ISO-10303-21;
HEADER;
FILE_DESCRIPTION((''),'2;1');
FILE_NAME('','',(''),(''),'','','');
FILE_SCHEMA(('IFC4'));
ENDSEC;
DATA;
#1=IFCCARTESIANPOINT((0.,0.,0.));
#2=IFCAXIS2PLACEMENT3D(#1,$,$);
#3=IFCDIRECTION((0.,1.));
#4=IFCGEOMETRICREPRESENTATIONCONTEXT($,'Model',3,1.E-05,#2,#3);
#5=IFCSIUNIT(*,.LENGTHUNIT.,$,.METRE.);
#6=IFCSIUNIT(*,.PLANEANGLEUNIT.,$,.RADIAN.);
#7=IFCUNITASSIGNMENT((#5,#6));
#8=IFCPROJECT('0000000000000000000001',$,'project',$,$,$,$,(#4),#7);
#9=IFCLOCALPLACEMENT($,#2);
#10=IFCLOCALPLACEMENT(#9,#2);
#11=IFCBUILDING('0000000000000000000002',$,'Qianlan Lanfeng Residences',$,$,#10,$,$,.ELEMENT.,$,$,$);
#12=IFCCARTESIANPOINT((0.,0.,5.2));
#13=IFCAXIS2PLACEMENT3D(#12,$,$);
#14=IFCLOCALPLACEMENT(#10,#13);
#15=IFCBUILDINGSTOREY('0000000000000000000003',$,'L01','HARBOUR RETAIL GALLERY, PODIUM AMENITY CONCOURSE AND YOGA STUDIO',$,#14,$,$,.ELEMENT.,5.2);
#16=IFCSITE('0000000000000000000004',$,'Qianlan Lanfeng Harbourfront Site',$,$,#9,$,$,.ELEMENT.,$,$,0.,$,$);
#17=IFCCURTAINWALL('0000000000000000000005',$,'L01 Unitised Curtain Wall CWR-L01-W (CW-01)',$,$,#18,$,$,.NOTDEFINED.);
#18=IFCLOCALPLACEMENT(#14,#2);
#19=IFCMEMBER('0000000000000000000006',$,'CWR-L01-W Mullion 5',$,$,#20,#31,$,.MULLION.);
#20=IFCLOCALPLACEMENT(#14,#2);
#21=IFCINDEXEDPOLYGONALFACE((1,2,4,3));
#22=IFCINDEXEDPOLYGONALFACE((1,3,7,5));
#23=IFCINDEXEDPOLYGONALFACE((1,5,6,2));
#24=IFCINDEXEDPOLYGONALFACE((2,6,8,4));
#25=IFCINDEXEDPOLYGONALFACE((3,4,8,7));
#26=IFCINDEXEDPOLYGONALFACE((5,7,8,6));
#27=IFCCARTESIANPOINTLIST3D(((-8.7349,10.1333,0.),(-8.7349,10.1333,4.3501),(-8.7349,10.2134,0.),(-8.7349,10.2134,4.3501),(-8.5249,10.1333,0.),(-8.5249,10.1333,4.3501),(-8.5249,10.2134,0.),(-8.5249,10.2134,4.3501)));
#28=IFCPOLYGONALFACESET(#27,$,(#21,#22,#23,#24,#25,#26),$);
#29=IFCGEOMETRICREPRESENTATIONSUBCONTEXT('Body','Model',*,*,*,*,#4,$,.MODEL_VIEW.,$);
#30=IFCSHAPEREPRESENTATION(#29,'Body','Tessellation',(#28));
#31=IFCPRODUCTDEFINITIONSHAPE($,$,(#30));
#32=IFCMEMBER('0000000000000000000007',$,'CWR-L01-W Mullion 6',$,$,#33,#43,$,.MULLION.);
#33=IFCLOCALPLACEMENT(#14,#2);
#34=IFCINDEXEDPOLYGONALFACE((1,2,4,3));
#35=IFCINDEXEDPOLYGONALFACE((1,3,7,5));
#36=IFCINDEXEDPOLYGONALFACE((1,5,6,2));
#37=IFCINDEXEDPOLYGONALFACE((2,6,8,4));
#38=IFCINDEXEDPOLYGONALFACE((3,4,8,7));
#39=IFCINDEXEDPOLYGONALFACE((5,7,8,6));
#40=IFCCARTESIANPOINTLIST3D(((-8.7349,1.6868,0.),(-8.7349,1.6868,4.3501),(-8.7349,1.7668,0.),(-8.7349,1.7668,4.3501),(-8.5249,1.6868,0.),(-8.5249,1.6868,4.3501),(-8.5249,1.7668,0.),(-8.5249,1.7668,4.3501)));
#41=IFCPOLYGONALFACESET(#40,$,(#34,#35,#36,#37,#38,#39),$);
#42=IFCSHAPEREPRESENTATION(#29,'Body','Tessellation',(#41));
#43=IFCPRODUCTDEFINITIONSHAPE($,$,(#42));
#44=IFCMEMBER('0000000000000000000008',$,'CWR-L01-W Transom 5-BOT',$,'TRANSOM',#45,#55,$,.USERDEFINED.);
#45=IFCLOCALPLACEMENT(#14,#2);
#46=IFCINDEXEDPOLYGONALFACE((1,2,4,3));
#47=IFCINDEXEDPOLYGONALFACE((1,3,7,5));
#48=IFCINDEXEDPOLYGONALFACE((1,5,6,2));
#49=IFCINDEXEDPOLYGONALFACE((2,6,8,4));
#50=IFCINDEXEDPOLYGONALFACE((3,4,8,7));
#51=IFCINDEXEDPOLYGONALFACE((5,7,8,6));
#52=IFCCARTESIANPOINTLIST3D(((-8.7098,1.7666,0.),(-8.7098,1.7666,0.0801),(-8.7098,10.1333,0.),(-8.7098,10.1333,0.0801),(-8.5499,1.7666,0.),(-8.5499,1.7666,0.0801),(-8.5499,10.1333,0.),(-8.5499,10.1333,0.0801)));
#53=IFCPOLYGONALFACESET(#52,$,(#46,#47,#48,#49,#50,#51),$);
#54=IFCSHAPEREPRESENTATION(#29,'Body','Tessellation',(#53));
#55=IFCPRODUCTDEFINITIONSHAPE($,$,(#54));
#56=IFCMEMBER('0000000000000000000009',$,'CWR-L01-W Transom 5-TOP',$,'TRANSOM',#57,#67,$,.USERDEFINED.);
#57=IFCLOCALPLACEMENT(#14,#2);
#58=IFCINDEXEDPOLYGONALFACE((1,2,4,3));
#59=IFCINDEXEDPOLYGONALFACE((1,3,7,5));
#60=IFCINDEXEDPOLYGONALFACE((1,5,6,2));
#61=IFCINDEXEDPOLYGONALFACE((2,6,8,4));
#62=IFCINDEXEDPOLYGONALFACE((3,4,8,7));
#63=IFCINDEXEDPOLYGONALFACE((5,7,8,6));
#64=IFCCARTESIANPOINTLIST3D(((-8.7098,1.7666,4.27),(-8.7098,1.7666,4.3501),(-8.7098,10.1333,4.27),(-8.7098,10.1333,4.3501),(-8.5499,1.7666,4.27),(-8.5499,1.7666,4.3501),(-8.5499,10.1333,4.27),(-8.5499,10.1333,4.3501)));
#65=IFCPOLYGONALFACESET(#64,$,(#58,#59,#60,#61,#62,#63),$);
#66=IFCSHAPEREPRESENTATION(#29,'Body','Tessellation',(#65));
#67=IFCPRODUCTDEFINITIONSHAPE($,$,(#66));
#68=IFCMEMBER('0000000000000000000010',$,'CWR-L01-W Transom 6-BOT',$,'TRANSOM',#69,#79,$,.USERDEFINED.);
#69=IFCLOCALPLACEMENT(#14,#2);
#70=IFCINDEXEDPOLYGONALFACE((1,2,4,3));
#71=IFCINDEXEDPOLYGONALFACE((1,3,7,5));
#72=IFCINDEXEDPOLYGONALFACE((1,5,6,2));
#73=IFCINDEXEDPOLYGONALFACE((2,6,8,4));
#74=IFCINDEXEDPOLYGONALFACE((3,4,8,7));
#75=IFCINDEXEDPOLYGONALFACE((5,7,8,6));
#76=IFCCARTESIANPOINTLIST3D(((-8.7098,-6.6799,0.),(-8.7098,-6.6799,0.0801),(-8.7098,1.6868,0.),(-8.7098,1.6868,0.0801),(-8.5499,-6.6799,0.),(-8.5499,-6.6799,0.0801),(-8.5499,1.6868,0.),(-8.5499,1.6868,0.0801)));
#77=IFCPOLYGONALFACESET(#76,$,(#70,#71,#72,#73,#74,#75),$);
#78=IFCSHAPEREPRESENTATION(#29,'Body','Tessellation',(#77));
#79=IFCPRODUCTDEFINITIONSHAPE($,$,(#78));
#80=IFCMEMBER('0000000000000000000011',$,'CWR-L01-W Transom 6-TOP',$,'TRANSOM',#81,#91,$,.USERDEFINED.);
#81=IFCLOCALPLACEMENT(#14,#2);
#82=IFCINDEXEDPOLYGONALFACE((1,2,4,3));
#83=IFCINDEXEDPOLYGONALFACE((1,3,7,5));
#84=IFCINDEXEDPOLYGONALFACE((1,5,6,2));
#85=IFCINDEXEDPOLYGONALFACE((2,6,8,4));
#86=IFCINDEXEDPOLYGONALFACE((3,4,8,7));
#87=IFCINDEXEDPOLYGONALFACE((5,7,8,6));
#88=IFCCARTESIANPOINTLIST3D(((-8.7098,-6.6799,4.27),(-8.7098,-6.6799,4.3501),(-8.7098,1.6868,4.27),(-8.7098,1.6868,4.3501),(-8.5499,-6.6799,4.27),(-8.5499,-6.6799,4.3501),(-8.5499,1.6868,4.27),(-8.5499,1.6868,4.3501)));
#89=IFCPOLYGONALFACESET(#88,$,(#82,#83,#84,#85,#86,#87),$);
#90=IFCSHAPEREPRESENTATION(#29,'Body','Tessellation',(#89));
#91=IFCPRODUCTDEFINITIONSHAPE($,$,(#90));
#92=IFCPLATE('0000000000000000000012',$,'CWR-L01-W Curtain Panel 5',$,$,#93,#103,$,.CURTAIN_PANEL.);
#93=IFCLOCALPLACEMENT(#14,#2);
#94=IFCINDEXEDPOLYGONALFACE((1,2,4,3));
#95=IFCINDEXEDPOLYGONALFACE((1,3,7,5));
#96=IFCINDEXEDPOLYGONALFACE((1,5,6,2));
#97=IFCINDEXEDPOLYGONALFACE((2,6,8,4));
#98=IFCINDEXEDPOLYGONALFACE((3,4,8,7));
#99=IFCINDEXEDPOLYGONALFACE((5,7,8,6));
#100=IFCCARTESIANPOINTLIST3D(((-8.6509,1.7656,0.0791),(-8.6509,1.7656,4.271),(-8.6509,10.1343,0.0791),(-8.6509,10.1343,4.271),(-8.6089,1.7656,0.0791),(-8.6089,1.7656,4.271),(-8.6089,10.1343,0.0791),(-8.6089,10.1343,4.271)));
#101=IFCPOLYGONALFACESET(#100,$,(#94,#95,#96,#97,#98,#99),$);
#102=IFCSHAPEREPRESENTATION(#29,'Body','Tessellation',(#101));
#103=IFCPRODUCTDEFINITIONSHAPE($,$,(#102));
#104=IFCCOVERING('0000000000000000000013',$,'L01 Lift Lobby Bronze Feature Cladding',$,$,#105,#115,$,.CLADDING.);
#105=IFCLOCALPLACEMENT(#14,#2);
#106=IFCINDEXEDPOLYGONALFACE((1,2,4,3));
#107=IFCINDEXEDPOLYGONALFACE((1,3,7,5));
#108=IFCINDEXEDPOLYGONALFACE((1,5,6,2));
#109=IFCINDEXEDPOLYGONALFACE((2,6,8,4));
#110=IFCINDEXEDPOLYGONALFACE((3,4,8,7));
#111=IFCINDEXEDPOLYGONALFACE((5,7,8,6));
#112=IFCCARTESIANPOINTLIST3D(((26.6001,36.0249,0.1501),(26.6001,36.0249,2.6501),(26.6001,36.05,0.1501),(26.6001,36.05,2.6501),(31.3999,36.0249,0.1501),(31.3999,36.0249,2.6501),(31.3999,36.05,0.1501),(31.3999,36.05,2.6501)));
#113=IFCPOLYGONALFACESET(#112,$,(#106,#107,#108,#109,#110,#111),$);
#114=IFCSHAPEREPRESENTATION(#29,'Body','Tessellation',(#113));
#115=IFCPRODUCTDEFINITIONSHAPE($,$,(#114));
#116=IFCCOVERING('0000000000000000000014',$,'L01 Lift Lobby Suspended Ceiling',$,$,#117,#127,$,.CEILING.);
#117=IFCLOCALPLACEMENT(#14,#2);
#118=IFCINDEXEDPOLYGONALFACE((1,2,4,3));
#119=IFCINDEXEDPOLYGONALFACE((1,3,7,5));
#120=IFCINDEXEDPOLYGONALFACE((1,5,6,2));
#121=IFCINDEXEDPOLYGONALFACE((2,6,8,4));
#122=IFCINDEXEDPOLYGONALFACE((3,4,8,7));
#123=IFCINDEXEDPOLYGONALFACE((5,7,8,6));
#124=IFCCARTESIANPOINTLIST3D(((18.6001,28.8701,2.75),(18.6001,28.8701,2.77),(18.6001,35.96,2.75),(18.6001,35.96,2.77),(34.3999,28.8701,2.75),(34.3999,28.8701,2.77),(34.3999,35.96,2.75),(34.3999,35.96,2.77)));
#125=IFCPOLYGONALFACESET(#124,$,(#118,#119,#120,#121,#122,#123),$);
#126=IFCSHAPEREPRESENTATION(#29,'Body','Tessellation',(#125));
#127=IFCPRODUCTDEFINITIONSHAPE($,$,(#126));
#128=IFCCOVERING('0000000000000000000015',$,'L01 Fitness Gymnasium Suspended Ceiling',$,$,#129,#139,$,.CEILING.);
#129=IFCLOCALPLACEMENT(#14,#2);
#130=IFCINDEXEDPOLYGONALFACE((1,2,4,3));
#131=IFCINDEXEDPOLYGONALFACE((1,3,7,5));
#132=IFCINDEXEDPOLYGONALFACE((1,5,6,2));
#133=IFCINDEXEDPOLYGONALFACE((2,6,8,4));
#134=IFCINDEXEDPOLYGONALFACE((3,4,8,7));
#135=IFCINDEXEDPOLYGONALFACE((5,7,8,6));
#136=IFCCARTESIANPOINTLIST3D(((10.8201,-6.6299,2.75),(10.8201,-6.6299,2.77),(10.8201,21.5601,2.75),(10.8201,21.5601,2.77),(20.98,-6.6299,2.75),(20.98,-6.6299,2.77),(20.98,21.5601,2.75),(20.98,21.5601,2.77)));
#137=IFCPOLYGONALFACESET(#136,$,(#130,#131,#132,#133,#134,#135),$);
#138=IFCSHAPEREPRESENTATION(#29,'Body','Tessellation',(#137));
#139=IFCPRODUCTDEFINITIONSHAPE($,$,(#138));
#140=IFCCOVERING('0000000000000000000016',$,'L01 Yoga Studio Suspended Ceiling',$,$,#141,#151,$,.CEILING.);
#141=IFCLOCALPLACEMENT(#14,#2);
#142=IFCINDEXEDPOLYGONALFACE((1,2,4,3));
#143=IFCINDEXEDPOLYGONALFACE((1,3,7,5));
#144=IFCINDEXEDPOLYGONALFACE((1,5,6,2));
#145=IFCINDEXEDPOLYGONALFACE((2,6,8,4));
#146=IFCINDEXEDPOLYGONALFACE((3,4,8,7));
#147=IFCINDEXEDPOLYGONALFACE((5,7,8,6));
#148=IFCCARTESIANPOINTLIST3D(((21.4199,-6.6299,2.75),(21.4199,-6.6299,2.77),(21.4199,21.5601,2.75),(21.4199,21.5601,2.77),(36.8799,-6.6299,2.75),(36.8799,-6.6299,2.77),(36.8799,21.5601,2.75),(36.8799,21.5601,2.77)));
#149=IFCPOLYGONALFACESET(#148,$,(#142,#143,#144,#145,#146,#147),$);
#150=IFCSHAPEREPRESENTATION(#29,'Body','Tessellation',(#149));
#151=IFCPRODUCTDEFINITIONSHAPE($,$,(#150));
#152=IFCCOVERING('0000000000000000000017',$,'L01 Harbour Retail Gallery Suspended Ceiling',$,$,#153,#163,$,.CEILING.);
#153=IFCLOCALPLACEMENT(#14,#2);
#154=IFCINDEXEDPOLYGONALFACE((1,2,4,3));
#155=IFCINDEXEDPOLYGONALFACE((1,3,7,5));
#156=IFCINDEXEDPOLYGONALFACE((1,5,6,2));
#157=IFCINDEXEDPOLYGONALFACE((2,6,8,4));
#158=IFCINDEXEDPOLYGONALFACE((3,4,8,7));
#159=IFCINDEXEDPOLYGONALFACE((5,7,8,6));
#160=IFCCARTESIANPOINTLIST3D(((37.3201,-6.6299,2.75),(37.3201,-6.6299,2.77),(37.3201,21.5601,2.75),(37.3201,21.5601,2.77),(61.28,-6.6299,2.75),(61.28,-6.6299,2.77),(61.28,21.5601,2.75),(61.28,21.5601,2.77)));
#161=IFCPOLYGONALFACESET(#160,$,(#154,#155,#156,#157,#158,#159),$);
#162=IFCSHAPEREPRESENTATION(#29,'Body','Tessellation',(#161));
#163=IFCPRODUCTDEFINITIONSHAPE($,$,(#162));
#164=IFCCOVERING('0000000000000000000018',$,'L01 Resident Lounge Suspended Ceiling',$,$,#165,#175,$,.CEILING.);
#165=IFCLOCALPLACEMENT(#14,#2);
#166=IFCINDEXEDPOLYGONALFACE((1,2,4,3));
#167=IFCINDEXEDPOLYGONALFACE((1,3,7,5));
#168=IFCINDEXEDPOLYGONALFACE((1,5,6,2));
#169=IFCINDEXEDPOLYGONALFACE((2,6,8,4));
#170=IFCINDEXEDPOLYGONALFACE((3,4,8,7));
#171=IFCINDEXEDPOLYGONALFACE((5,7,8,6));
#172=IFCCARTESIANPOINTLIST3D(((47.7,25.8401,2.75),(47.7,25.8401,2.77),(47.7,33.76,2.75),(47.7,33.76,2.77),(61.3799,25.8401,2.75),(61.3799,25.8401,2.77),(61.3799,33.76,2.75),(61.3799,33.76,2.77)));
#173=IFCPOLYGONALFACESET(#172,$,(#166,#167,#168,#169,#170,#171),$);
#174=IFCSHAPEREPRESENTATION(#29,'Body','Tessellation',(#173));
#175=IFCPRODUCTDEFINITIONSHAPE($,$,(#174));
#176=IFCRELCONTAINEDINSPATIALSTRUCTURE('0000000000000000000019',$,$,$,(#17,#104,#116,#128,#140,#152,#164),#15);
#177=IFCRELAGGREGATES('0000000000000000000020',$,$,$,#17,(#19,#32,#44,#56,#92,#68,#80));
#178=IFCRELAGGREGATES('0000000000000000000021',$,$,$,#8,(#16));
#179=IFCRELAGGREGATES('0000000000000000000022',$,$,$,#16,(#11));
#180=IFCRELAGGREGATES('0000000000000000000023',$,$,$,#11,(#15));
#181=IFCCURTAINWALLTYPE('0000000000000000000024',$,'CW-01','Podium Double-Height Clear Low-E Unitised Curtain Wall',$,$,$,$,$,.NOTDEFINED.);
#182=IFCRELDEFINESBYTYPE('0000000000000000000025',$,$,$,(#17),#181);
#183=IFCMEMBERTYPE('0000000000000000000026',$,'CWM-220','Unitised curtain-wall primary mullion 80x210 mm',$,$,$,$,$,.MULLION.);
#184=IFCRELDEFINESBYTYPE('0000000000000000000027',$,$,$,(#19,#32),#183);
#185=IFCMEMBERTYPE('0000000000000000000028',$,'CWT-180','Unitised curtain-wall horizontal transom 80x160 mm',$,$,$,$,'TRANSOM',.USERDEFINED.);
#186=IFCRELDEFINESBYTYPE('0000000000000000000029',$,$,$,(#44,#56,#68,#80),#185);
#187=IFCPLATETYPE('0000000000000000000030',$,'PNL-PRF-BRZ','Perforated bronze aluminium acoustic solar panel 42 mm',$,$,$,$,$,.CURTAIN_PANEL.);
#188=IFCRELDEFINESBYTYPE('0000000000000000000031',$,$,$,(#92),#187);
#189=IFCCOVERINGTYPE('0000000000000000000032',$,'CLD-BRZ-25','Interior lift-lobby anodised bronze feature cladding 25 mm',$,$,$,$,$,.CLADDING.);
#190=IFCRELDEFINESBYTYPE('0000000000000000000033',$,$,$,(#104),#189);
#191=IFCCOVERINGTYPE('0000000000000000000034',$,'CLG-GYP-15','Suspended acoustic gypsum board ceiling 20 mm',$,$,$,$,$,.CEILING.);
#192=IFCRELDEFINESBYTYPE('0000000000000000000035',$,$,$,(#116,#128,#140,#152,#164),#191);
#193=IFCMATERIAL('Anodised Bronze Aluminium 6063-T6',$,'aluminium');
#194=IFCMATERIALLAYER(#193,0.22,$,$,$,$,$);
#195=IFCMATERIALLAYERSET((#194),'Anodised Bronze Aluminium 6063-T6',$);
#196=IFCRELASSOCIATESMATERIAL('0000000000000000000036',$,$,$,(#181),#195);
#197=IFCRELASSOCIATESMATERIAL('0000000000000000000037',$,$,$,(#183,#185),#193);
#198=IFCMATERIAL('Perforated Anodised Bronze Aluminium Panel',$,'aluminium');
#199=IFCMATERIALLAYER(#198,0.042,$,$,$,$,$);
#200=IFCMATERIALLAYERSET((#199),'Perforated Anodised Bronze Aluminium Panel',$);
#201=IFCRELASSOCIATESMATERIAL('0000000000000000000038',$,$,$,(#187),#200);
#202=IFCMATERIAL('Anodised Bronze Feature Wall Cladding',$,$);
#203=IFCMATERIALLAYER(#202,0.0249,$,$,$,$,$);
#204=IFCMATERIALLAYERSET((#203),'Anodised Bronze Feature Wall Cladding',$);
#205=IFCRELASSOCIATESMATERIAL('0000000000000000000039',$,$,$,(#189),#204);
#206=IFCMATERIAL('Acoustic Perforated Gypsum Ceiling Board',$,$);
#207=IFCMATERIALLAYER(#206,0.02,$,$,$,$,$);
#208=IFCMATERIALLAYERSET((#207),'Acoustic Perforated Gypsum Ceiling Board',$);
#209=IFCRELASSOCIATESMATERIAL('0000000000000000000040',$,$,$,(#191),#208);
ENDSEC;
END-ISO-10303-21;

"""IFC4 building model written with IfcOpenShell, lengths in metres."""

from ifc_helpers import new_model, si_unit, direction, frame, origin, origin_2d, place, context, subcontext, project, spatial, polyline, rectangle, outline, extrude, source, transform, mapped, material, layer, layer_set, material_profile, profile_set, type_object, element, aggregate, save


model = new_model("IFC4")

# Units and contexts
model_context = context("Model", 3, precision=1e-05, world=origin(), true_north=direction((0.0, 1.0)))
body_context = subcontext(model_context, "Body", "Model", "MODEL_VIEW")
ifc_project = project(units=[si_unit("LENGTHUNIT", "METRE"), si_unit("PLANEANGLEUNIT", "RADIAN")], contexts=[model_context])

# Site, building, storey
site_placement = place(None, origin())
site = spatial("IfcSite", under=ifc_project, at=site_placement, Name="Qianlan Lanfeng Harbourfront Site", CompositionType="ELEMENT", RefElevation=0.0)
building_placement = place(site_placement, origin())
building = spatial("IfcBuilding", under=site, at=building_placement, Name="Qianlan Lanfeng Residences", CompositionType="ELEMENT")
storey_placement = place(building_placement, frame((0.0, 0.0, 5.2)))
storey = spatial("IfcBuildingStorey", under=building, at=storey_placement, Name="L01", Description="HARBOUR RETAIL GALLERY, PODIUM AMENITY CONCOURSE AND YOGA STUDIO", CompositionType="ELEMENT", Elevation=5.2)

# Curtain wall, members, plate
ifc_material_1 = material(Name="Anodised Bronze Aluminium 6063-T6", Category="aluminium")
ifc_layer_1 = layer(ifc_material_1, 0.22)
ifc_layer_set_1 = layer_set([ifc_layer_1], Name="Anodised Bronze Aluminium 6063-T6")
curtain_wall_type = type_object("IfcCurtainWallType", Name="CW-01", Description="Podium Double-Height Clear Low-E Unitised Curtain Wall", PredefinedType="NOTDEFINED", material=ifc_layer_set_1)
curtain_wall_placement = place(storey_placement, origin())
curtain_wall = element("IfcCurtainWall", 1, at=curtain_wall_placement, inside=storey, type_object=curtain_wall_type, Name="L01 Unitised Curtain Wall CWR-L01-W (CW-01)", PredefinedType="NOTDEFINED")
ifc_material_profile_1 = material_profile(ifc_material_1, rectangle(XDim=0.0801, YDim=0.21, at=origin_2d()), Name="ALU MULLION 80x210")
ifc_profile_set_1 = profile_set([ifc_material_profile_1], Name="Anodised Bronze Aluminium 6063-T6")
member_type_1 = type_object("IfcMemberType", Name="CWM-220", Description="Unitised curtain-wall primary mullion 80x210 mm", PredefinedType="MULLION", material=ifc_profile_set_1)
shared_shape_1 = source(origin(), body_context, "Body", "SweptSolid", [
    extrude(rectangle(XDim=0.0801, YDim=0.21, at=origin_2d()), origin(), (0.0, 0.0, 1.0), 4.3501),
])
member_1_placement = place(storey_placement, frame((-8.6299, 10.1733, 0.0), z_axis=(0.0, 0.0, 1.0), x_axis=(0.0, -1.0, 0.0)))
member_1 = element("IfcMember", 2, at=member_1_placement, type_object=member_type_1, Name="CWR-L01-W Mullion 5", PredefinedType="MULLION", context=body_context, shape_type="MappedRepresentation", body=[
    mapped(shared_shape_1, transform((0.0, 0.0, 0.0), scale=1.0)),
])
member_2_placement = place(storey_placement, frame((-8.6299, 1.7268, 0.0), z_axis=(0.0, 0.0, 1.0), x_axis=(0.0, -1.0, 0.0)))
member_2 = element("IfcMember", 3, at=member_2_placement, type_object=member_type_1, Name="CWR-L01-W Mullion 6", PredefinedType="MULLION", context=body_context, shape_type="MappedRepresentation", body=[
    mapped(shared_shape_1, transform((0.0, 0.0, 0.0), scale=1.0)),
])
ifc_material_profile_2 = material_profile(ifc_material_1, rectangle(XDim=0.0801, YDim=0.1599, at=origin_2d()), Name="ALU TRANSOM 80x160")
ifc_profile_set_2 = profile_set([ifc_material_profile_2], Name="Anodised Bronze Aluminium 6063-T6")
member_type_2 = type_object("IfcMemberType", Name="CWT-180", Description="Unitised curtain-wall horizontal transom 80x160 mm", ElementType="TRANSOM", PredefinedType="USERDEFINED", material=ifc_profile_set_2)
shared_shape_2 = source(origin(), body_context, "Body", "SweptSolid", [
    extrude(rectangle(XDim=0.0801, YDim=0.1599, at=origin_2d()), origin(), (0.0, 0.0, 1.0), 8.3667),
])
member_3_placement = place(storey_placement, frame((-8.6299, 10.1333, 0.04), z_axis=(0.0, -1.0, 0.0), x_axis=(0.0, 0.0, 1.0)))
member_3 = element("IfcMember", 4, at=member_3_placement, type_object=member_type_2, Name="CWR-L01-W Transom 5-BOT", ObjectType="TRANSOM", PredefinedType="USERDEFINED", context=body_context, shape_type="MappedRepresentation", body=[
    mapped(shared_shape_2, transform((0.0, 0.0, 0.0), scale=1.0)),
])
member_4_placement = place(storey_placement, frame((-8.6299, 10.1333, 4.3101), z_axis=(0.0, -1.0, 0.0), x_axis=(0.0, 0.0, 1.0)))
member_4 = element("IfcMember", 5, at=member_4_placement, type_object=member_type_2, Name="CWR-L01-W Transom 5-TOP", ObjectType="TRANSOM", PredefinedType="USERDEFINED", context=body_context, shape_type="MappedRepresentation", body=[
    mapped(shared_shape_2, transform((0.0, 0.0, 0.0), scale=1.0)),
])
member_5_placement = place(storey_placement, frame((-8.6299, 1.6868, 0.04), z_axis=(0.0, -1.0, 0.0), x_axis=(0.0, 0.0, 1.0)))
member_5 = element("IfcMember", 6, at=member_5_placement, type_object=member_type_2, Name="CWR-L01-W Transom 6-BOT", ObjectType="TRANSOM", PredefinedType="USERDEFINED", context=body_context, shape_type="MappedRepresentation", body=[
    mapped(shared_shape_2, transform((0.0, 0.0, 0.0), scale=1.0)),
])
member_6_placement = place(storey_placement, frame((-8.6299, 1.6868, 4.3101), z_axis=(0.0, -1.0, 0.0), x_axis=(0.0, 0.0, 1.0)))
member_6 = element("IfcMember", 7, at=member_6_placement, type_object=member_type_2, Name="CWR-L01-W Transom 6-TOP", ObjectType="TRANSOM", PredefinedType="USERDEFINED", context=body_context, shape_type="MappedRepresentation", body=[
    mapped(shared_shape_2, transform((0.0, 0.0, 0.0), scale=1.0)),
])
ifc_material_2 = material(Name="Perforated Anodised Bronze Aluminium Panel", Category="aluminium")
ifc_layer_2 = layer(ifc_material_2, 0.042)
ifc_layer_set_2 = layer_set([ifc_layer_2], Name="Perforated Anodised Bronze Aluminium Panel")
plate_type = type_object("IfcPlateType", Name="PNL-PRF-BRZ", Description="Perforated bronze aluminium acoustic solar panel 42 mm", PredefinedType="CURTAIN_PANEL", material=ifc_layer_set_2)
shared_shape_3 = source(origin(), body_context, "Body", "SweptSolid", [
    extrude(rectangle(XDim=8.3687, YDim=0.042, at=origin_2d()), origin(), (0.0, 0.0, 1.0), 4.1919),
])
plate_placement = place(storey_placement, frame((-8.6299, 5.95, 0.0791), z_axis=(0.0, 0.0, 1.0), x_axis=(0.0, -1.0, 0.0)))
plate = element("IfcPlate", 8, at=plate_placement, type_object=plate_type, Name="CWR-L01-W Curtain Panel 5", PredefinedType="CURTAIN_PANEL", context=body_context, shape_type="MappedRepresentation", body=[
    mapped(shared_shape_3, transform((0.0, 0.0, 0.0), scale=1.0)),
])
aggregate(curtain_wall, [member_1, member_2, member_3, member_4, plate, member_5, member_6])

# Coverings
ifc_material_3 = material(Name="Anodised Bronze Feature Wall Cladding")
ifc_layer_3 = layer(ifc_material_3, 0.0249)
ifc_layer_set_3 = layer_set([ifc_layer_3], Name="Anodised Bronze Feature Wall Cladding")
covering_type_1 = type_object("IfcCoveringType", Name="CLD-BRZ-25", Description="Interior lift-lobby anodised bronze feature cladding 25 mm", PredefinedType="CLADDING", material=ifc_layer_set_3)
covering_1_placement = place(storey_placement, frame((0.0, 0.0, 0.1501)))
element("IfcCovering", 9, at=covering_1_placement, inside=storey, type_object=covering_type_1, Name="L01 Lift Lobby Bronze Feature Cladding", PredefinedType="CLADDING", context=body_context, shape_type="SweptSolid", body=[
    extrude(outline(polyline([(26.6001, 36.0249), (31.3999, 36.0249), (31.3999, 36.05), (26.6001, 36.05), (26.6001, 36.0249)])), origin(), (0.0, 0.0, 1.0), 2.5),
])
ifc_material_4 = material(Name="Acoustic Perforated Gypsum Ceiling Board")
ifc_layer_4 = layer(ifc_material_4, 0.02)
ifc_layer_set_4 = layer_set([ifc_layer_4], Name="Acoustic Perforated Gypsum Ceiling Board")
covering_type_2 = type_object("IfcCoveringType", Name="CLG-GYP-15", Description="Suspended acoustic gypsum board ceiling 20 mm", PredefinedType="CEILING", material=ifc_layer_set_4)
covering_2_placement = place(storey_placement, frame((0.0, 0.0, 2.75)))
element("IfcCovering", 10, at=covering_2_placement, inside=storey, type_object=covering_type_2, Name="L01 Lift Lobby Suspended Ceiling", PredefinedType="CEILING", context=body_context, shape_type="SweptSolid", body=[
    extrude(outline(polyline([(18.6001, 28.8701), (34.3999, 28.8701), (34.3999, 35.96), (18.6001, 35.96), (18.6001, 28.8701)])), origin(), (0.0, 0.0, 1.0), 0.02),
])
covering_3_placement = place(storey_placement, frame((0.0, 0.0, 2.75)))
element("IfcCovering", 11, at=covering_3_placement, inside=storey, type_object=covering_type_2, Name="L01 Fitness Gymnasium Suspended Ceiling", PredefinedType="CEILING", context=body_context, shape_type="SweptSolid", body=[
    extrude(outline(polyline([(10.8201, -6.6299), (20.98, -6.6299), (20.98, 21.5601), (10.8201, 21.5601), (10.8201, -6.6299)])), origin(), (0.0, 0.0, 1.0), 0.02),
])
covering_4_placement = place(storey_placement, frame((0.0, 0.0, 2.75)))
element("IfcCovering", 12, at=covering_4_placement, inside=storey, type_object=covering_type_2, Name="L01 Yoga Studio Suspended Ceiling", PredefinedType="CEILING", context=body_context, shape_type="SweptSolid", body=[
    extrude(outline(polyline([(21.4199, -6.6299), (36.8799, -6.6299), (36.8799, 21.5601), (21.4199, 21.5601), (21.4199, -6.6299)])), origin(), (0.0, 0.0, 1.0), 0.02),
])
covering_5_placement = place(storey_placement, frame((0.0, 0.0, 2.75)))
element("IfcCovering", 13, at=covering_5_placement, inside=storey, type_object=covering_type_2, Name="L01 Harbour Retail Gallery Suspended Ceiling", PredefinedType="CEILING", context=body_context, shape_type="SweptSolid", body=[
    extrude(outline(polyline([(37.3201, -6.6299), (61.28, -6.6299), (61.28, 21.5601), (37.3201, 21.5601), (37.3201, -6.6299)])), origin(), (0.0, 0.0, 1.0), 0.02),
])
covering_6_placement = place(storey_placement, frame((0.0, 0.0, 2.75)))
element("IfcCovering", 14, at=covering_6_placement, inside=storey, type_object=covering_type_2, Name="L01 Resident Lounge Suspended Ceiling", PredefinedType="CEILING", context=body_context, shape_type="SweptSolid", body=[
    extrude(outline(polyline([(47.7, 25.8401), (61.3799, 25.8401), (61.3799, 33.76), (47.7, 33.76), (47.7, 25.8401)])), origin(), (0.0, 0.0, 1.0), 0.02),
])

save(model, "model.ifc")
